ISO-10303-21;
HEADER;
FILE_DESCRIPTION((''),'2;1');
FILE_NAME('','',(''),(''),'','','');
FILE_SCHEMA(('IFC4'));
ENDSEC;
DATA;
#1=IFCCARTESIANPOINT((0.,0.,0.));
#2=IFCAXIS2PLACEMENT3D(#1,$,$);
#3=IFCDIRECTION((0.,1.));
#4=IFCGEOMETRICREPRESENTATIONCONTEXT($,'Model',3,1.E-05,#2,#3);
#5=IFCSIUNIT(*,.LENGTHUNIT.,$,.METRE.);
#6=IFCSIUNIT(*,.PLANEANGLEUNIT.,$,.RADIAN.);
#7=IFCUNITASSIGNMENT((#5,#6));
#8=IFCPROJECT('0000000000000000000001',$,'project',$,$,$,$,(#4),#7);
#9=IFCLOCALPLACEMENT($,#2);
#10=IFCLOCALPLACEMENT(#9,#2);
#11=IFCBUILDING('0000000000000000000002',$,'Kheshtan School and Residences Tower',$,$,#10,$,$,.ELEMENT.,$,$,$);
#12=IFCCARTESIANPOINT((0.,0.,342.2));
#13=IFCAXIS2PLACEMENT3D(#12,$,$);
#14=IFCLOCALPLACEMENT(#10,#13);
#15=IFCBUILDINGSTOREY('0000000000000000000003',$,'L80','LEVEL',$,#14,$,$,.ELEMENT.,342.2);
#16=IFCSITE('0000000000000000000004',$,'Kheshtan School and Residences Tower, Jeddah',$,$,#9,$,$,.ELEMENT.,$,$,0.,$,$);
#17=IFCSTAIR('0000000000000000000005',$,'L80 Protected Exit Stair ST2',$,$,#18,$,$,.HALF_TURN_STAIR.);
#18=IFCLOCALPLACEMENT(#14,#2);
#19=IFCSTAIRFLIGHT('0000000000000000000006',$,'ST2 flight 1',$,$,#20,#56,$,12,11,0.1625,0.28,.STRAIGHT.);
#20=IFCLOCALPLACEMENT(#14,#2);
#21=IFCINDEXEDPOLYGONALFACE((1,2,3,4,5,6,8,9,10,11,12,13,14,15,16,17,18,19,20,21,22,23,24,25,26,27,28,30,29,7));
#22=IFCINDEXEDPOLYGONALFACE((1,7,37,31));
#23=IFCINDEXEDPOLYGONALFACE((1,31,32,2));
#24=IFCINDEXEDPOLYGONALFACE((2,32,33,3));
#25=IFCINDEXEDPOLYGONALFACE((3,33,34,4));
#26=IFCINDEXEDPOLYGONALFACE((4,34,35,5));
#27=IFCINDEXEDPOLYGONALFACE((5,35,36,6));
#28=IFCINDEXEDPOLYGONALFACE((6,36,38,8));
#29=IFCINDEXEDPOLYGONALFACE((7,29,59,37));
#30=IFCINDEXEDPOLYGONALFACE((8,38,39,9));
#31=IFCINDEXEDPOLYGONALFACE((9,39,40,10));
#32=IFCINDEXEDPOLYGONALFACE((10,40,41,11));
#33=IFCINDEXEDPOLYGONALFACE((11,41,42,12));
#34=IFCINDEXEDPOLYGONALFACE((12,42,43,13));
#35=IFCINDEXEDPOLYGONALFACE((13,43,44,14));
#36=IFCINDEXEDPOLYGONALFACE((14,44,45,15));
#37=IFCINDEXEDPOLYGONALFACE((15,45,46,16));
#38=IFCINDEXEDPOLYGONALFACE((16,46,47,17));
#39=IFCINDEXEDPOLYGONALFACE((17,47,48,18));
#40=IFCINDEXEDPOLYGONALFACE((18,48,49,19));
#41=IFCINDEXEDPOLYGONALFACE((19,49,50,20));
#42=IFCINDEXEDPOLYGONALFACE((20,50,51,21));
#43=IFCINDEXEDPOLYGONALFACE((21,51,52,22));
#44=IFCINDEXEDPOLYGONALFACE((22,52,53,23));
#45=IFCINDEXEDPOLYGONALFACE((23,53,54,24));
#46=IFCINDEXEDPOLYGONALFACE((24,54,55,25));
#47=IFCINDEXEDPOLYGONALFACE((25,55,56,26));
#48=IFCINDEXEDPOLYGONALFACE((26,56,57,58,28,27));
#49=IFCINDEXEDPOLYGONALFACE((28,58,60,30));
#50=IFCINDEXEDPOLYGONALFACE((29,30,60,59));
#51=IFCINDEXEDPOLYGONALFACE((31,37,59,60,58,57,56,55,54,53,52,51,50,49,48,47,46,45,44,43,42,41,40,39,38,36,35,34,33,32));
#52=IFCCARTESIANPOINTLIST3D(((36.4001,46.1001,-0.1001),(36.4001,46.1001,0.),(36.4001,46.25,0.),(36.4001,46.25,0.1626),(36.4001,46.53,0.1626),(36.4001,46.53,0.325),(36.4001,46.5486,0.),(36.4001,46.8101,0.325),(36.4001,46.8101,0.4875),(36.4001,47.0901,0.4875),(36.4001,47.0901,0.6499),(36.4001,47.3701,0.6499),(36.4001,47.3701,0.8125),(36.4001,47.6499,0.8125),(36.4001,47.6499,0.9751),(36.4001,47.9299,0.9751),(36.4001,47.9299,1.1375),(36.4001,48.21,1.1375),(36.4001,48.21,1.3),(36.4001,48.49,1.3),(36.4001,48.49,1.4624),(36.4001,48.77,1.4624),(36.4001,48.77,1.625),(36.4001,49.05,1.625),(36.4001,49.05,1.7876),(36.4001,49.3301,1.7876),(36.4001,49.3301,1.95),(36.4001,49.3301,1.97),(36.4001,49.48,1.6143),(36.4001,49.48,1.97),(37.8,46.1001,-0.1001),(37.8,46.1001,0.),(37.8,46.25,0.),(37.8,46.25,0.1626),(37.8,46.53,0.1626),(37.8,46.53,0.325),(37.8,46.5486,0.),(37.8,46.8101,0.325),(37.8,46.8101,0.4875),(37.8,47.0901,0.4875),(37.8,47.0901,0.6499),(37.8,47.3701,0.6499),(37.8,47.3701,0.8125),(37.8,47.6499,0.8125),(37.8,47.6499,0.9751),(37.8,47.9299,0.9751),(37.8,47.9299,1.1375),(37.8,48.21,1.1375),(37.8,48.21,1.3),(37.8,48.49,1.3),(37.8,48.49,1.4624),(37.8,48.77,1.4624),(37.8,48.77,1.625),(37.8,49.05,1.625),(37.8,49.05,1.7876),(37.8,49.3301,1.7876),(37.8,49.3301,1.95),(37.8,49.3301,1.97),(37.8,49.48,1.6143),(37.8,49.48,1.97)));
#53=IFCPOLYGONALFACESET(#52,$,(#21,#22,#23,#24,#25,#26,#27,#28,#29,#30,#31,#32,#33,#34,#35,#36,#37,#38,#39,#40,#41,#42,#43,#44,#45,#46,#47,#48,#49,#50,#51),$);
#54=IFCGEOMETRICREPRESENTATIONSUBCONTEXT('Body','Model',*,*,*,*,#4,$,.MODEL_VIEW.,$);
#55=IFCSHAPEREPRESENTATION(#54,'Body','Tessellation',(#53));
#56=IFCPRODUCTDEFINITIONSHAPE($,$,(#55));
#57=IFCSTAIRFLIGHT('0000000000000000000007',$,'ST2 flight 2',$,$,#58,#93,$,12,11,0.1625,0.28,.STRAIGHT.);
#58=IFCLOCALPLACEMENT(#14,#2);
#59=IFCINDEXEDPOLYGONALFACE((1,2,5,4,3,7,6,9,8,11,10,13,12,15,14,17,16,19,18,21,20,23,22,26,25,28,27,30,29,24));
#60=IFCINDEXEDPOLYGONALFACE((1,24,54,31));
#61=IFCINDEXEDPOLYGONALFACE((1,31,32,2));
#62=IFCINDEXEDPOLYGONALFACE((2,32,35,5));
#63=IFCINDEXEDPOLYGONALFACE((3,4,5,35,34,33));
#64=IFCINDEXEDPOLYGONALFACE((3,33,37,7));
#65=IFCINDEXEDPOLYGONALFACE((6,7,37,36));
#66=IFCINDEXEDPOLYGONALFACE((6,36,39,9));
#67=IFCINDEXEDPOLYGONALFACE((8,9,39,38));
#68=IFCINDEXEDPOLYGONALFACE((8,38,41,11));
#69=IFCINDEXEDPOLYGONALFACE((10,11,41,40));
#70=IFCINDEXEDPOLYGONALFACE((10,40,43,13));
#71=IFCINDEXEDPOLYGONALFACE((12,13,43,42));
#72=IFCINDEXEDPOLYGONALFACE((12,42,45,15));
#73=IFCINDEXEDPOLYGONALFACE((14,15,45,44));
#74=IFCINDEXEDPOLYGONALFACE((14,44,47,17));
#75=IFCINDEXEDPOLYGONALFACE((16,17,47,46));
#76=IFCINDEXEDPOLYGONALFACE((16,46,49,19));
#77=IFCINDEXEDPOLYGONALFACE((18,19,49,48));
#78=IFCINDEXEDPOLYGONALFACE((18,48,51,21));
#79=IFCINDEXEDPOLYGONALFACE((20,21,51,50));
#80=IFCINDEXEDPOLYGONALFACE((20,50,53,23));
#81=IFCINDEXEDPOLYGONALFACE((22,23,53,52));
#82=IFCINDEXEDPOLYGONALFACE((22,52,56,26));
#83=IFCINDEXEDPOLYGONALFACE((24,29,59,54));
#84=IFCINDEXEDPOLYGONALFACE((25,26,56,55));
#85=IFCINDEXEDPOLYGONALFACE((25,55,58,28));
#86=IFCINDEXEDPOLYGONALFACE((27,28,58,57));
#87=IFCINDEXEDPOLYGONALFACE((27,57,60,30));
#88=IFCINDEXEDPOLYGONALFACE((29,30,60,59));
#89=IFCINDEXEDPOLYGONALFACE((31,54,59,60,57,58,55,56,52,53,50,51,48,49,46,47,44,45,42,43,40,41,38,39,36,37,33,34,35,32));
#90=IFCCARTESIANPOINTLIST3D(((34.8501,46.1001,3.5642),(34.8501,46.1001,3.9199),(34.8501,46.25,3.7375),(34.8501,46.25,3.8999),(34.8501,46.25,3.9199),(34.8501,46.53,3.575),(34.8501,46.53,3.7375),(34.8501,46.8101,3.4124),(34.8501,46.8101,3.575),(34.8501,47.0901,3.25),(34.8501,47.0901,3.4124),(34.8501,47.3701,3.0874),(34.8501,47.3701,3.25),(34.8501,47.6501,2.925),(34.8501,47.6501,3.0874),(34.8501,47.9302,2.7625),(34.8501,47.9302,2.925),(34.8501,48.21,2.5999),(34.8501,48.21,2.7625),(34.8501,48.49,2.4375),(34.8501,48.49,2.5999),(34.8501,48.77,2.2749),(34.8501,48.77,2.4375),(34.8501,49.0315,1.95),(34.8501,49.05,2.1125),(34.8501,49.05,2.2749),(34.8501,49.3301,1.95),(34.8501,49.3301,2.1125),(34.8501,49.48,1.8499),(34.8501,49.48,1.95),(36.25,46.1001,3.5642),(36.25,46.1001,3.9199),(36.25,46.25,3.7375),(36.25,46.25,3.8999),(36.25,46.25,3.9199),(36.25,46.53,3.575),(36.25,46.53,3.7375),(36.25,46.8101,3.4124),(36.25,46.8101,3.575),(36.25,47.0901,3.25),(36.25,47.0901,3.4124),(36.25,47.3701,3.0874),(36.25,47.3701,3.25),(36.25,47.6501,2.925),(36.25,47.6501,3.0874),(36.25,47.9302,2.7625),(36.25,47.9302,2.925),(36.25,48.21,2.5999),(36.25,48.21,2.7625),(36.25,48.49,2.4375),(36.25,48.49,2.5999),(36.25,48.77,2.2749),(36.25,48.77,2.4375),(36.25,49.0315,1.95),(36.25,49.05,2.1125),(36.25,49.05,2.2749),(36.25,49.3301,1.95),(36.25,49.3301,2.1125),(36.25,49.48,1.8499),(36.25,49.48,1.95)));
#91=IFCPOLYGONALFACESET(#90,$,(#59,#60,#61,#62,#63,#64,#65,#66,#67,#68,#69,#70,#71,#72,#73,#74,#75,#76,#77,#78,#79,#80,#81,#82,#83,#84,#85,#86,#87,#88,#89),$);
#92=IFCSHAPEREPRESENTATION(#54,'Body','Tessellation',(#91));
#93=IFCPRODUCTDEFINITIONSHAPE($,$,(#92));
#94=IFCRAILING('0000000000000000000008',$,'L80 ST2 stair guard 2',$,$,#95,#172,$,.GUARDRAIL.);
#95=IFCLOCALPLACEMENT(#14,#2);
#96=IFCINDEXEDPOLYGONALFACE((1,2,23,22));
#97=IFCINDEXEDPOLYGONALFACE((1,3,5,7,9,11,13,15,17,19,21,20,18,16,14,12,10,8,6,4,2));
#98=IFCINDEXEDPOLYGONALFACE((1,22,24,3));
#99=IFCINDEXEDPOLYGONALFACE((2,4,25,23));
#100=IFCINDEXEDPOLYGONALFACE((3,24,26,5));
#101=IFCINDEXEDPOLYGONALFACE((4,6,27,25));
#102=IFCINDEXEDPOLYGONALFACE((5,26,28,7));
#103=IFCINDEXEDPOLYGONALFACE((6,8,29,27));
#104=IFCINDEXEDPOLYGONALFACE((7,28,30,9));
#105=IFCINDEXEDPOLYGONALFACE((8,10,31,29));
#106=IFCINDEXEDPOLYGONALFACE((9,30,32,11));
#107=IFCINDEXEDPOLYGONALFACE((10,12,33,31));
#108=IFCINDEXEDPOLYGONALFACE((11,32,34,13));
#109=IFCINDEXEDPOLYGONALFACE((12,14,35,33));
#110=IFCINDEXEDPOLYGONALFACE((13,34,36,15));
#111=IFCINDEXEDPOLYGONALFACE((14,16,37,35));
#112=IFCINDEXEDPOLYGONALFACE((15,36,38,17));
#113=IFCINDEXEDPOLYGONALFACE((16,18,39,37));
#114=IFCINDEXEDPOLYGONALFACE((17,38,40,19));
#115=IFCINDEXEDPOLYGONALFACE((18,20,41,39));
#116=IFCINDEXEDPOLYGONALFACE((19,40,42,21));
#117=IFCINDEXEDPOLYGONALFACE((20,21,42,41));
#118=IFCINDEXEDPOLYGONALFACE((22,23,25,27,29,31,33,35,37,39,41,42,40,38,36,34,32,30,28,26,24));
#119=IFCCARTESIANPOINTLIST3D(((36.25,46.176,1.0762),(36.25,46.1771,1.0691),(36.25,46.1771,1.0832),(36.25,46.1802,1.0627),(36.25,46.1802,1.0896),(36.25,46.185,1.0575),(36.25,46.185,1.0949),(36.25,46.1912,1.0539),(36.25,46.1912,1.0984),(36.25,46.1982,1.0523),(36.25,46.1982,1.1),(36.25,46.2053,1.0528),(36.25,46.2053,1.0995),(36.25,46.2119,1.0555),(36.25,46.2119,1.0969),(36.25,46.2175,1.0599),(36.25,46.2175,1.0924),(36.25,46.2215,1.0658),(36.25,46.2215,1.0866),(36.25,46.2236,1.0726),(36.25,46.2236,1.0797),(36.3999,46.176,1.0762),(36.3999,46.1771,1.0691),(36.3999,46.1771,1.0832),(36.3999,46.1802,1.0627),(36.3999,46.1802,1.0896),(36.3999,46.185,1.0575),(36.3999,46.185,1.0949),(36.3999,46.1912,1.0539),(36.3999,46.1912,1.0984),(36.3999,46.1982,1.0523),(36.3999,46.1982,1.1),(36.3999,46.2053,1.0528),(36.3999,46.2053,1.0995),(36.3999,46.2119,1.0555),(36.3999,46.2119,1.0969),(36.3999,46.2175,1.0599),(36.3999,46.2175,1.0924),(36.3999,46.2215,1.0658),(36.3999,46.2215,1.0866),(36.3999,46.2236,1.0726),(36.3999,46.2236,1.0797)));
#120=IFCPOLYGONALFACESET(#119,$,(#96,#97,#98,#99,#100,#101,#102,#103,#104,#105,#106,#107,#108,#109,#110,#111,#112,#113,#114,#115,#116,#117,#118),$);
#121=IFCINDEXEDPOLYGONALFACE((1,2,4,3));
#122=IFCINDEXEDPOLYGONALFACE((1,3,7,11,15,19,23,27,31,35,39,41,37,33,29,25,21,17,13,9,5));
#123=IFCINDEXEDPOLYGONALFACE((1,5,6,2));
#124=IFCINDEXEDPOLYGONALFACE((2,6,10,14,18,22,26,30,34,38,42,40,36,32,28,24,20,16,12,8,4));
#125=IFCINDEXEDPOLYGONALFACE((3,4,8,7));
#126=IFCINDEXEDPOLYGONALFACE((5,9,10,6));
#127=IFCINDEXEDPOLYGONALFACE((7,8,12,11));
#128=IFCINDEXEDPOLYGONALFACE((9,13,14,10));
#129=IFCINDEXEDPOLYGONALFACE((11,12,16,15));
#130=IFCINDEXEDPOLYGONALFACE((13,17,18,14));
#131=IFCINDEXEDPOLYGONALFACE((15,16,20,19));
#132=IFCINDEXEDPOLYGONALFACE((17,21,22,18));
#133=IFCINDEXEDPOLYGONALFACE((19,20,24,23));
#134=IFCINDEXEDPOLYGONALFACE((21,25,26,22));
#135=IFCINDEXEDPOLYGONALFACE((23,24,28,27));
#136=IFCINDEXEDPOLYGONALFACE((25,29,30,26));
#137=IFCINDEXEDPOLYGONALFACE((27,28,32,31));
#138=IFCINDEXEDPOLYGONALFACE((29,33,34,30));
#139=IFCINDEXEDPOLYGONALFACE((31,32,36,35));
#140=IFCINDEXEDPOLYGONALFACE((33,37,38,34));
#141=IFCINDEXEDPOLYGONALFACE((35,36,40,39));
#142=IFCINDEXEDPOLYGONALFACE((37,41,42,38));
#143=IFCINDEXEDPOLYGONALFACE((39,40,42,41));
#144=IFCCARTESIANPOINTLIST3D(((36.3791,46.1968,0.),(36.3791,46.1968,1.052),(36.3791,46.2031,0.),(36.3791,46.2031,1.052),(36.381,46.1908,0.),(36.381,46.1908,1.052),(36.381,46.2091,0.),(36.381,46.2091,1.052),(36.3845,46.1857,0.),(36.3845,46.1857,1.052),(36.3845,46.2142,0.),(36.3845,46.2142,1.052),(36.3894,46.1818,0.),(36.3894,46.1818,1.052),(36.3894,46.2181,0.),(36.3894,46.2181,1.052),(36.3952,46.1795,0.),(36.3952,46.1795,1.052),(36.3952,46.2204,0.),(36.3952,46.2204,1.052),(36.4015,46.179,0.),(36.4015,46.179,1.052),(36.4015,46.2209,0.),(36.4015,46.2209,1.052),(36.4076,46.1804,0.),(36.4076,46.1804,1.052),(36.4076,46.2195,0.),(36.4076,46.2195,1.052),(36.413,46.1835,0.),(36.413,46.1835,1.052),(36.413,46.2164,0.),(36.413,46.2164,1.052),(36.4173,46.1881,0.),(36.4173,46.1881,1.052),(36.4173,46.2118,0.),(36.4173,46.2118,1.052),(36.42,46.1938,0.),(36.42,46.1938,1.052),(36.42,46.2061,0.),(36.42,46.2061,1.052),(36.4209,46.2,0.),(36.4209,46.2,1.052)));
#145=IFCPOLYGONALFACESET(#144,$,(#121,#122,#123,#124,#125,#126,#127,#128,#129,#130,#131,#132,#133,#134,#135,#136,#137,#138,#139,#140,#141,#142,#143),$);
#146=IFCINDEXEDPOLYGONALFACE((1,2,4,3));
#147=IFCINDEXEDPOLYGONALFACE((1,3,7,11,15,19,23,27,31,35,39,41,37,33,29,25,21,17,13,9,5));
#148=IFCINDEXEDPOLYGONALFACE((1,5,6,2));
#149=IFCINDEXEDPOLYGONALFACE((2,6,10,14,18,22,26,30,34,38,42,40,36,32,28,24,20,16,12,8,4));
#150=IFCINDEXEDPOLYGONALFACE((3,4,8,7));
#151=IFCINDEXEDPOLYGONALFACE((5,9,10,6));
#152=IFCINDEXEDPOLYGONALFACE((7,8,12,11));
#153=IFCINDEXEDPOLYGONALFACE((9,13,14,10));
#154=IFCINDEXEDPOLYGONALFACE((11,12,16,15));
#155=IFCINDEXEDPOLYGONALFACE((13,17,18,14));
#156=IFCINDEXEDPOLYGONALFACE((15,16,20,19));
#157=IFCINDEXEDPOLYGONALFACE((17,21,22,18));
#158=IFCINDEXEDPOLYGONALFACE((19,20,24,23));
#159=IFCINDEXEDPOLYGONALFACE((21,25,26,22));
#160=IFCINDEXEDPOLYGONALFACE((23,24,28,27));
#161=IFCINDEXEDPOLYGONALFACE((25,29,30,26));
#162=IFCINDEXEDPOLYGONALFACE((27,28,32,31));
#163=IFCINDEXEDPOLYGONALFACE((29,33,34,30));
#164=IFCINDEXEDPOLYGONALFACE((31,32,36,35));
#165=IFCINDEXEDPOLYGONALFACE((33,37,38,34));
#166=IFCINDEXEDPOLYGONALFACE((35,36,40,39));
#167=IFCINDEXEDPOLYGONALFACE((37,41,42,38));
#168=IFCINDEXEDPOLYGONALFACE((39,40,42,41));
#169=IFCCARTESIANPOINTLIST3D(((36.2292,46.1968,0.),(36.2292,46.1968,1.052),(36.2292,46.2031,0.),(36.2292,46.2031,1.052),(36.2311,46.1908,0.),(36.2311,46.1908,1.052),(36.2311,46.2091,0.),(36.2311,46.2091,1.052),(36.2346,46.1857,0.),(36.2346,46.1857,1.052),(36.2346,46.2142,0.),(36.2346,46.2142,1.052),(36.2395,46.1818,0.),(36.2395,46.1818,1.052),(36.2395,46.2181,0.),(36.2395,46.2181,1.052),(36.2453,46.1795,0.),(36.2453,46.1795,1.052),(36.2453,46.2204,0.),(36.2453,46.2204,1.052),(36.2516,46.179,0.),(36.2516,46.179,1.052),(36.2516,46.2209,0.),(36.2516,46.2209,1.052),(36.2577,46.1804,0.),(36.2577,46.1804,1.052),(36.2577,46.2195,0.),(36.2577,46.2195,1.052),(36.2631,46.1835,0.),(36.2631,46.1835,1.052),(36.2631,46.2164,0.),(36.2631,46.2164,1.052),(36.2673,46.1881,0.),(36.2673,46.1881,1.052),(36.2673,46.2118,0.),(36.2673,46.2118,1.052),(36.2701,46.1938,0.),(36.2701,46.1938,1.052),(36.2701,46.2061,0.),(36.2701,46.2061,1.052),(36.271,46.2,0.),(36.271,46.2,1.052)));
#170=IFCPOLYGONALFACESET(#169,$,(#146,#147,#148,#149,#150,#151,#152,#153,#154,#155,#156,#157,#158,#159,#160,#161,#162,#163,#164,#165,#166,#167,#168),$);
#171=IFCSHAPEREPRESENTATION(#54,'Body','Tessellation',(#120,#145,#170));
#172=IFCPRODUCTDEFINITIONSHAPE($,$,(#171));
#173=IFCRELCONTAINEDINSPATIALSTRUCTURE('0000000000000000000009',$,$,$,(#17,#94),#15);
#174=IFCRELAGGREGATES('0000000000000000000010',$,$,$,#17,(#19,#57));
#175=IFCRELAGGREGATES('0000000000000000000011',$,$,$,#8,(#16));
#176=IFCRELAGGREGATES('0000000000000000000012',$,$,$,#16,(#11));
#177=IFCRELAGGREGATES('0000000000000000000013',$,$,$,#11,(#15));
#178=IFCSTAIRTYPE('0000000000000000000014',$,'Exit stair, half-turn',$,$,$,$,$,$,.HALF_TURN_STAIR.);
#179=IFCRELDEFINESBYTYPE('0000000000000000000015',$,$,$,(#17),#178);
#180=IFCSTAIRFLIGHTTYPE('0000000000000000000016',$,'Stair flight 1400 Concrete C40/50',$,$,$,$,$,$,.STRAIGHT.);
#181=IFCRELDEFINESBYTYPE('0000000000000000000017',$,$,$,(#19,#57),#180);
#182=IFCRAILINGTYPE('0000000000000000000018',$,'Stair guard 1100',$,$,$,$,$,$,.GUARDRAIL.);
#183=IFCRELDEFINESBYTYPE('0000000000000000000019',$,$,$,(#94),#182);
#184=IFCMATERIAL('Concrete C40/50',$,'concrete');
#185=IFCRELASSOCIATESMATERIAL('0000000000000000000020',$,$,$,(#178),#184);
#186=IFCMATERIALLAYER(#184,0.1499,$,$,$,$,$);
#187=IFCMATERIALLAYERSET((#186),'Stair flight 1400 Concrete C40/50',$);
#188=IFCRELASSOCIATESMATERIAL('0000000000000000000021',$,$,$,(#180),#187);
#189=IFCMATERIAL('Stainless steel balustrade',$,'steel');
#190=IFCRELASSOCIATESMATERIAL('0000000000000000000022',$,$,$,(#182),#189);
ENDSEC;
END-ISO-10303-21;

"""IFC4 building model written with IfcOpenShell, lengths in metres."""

from ifc_helpers import new_model, si_unit, direction, frame, origin, origin_2d, place, context, subcontext, project, spatial, polyline, circle, outline, extrude, material, layer, layer_set, type_object, element, aggregate, save


model = new_model("IFC4")

# Units and contexts
model_context = context("Model", 3, precision=1e-05, world=origin(), true_north=direction((0.0, 1.0)))
body_context = subcontext(model_context, "Body", "Model", "MODEL_VIEW")
ifc_project = project(units=[si_unit("LENGTHUNIT", "METRE"), si_unit("PLANEANGLEUNIT", "RADIAN")], contexts=[model_context])

# Site, building, storey
site_placement = place(None, origin())
site = spatial("IfcSite", under=ifc_project, at=site_placement, Name="Kheshtan School and Residences Tower, Jeddah", CompositionType="ELEMENT", RefElevation=0.0)
building_placement = place(site_placement, origin())
building = spatial("IfcBuilding", under=site, at=building_placement, Name="Kheshtan School and Residences Tower", CompositionType="ELEMENT")
storey_placement = place(building_placement, frame((0.0, 0.0, 342.2)))
storey = spatial("IfcBuildingStorey", under=building, at=storey_placement, Name="L80", Description="LEVEL", CompositionType="ELEMENT", Elevation=342.2)

# Shared definitions
ifc_material_1 = material(Name="Concrete C40/50", Category="concrete")

# Stair, stair flights
stair_type = type_object("IfcStairType", Name="Exit stair, half-turn", PredefinedType="HALF_TURN_STAIR", material=ifc_material_1)
stair_placement = place(storey_placement, origin())
stair = element("IfcStair", 1, at=stair_placement, inside=storey, type_object=stair_type, Name="L80 Protected Exit Stair ST2", PredefinedType="HALF_TURN_STAIR")
ifc_layer_1 = layer(ifc_material_1, 0.1499)
ifc_layer_set_1 = layer_set([ifc_layer_1], Name="Stair flight 1400 Concrete C40/50")
stair_flight_type = type_object("IfcStairFlightType", Name="Stair flight 1400 Concrete C40/50", PredefinedType="STRAIGHT", material=ifc_layer_set_1)
stair_flight_1_placement = place(storey_placement, frame((37.1001, 46.25, 0.0), z_axis=(0.0, 0.0, 1.0), x_axis=(0.0, 1.0, 0.0)))
stair_flight_1 = element("IfcStairFlight", 2, at=stair_flight_1_placement, type_object=stair_flight_type, Name="ST2 flight 1", NumberOfRisers=12, NumberOfTreads=11, PredefinedType="STRAIGHT", RiserHeight=0.1625, TreadLength=0.28, context=body_context, shape_type="SweptSolid", body=[
    extrude(outline(polyline([(-0.1499, -0.1001), (-0.1499, 0.0), (0.0, 0.0), (0.0, 0.1626), (0.28, 0.1626), (0.28, 0.325), (0.5601, 0.325), (0.5601, 0.4875), (0.8401, 0.4875), (0.8401, 0.6499), (1.1201, 0.6499), (1.1201, 0.8125), (1.3999, 0.8125), (1.3999, 0.9751), (1.6799, 0.9751), (1.6799, 1.1375), (1.96, 1.1375), (1.96, 1.3), (2.24, 1.3), (2.24, 1.4624), (2.52, 1.4624), (2.52, 1.625), (2.8, 1.625), (2.8, 1.7876), (3.0801, 1.7876), (3.0801, 1.95), (3.0801, 1.97), (3.23, 1.97), (3.23, 1.6143), (0.2986, 0.0), (-0.1499, -0.1001)])), frame((0.0, 0.7, 0.0), z_axis=(0.0, -1.0, 0.0), x_axis=(1.0, 0.0, 0.0)), (0.0, 0.0, 1.0), 1.3999),
])
stair_flight_2_placement = place(storey_placement, frame((35.55, 49.3301, 1.95), z_axis=(0.0, 0.0, 1.0), x_axis=(0.0, -1.0, 0.0)))
stair_flight_2 = element("IfcStairFlight", 3, at=stair_flight_2_placement, type_object=stair_flight_type, Name="ST2 flight 2", NumberOfRisers=12, NumberOfTreads=11, PredefinedType="STRAIGHT", RiserHeight=0.1625, TreadLength=0.28, context=body_context, shape_type="SweptSolid", body=[
    extrude(outline(polyline([(-0.1499, -0.1001), (-0.1499, 0.0), (0.0, 0.0), (0.0, 0.1626), (0.28, 0.1626), (0.28, 0.325), (0.5601, 0.325), (0.5601, 0.4875), (0.8401, 0.4875), (0.8401, 0.6499), (1.1201, 0.6499), (1.1201, 0.8125), (1.3999, 0.8125), (1.3999, 0.9751), (1.6799, 0.9751), (1.6799, 1.1375), (1.96, 1.1375), (1.96, 1.3), (2.24, 1.3), (2.24, 1.4624), (2.52, 1.4624), (2.52, 1.625), (2.8, 1.625), (2.8, 1.7876), (3.0801, 1.7876), (3.0801, 1.95), (3.0801, 1.97), (3.23, 1.97), (3.23, 1.6143), (0.2986, 0.0), (-0.1499, -0.1001)])), frame((0.0, 0.7, 0.0), z_axis=(0.0, -1.0, 0.0), x_axis=(1.0, 0.0, 0.0)), (0.0, 0.0, 1.0), 1.3999),
])
aggregate(stair, [stair_flight_1, stair_flight_2])

# Railing
ifc_material_2 = material(Name="Stainless steel balustrade", Category="steel")
railing_type_1 = type_object("IfcRailingType", Name="Stair guard 1100", PredefinedType="GUARDRAIL", material=ifc_material_2)
railing_1_placement = place(storey_placement, frame((36.3999, 46.2, 0.0)))
element("IfcRailing", 4, at=railing_1_placement, inside=storey, type_object=railing_type_1, Name="L80 ST2 stair guard 2", PredefinedType="GUARDRAIL", context=body_context, shape_type="SweptSolid", body=[
    extrude(circle(Radius=0.0239, at=origin_2d()), frame((0.0, 0.0, 1.0762), z_axis=(-1.0, 0.0, 0.0), x_axis=(0.0, -1.0, 0.0)), (0.0, 0.0, 1.0), 0.1499),
    extrude(circle(Radius=0.021, at=origin_2d()), origin(), (0.0, 0.0, 1.0), 1.052),
    extrude(circle(Radius=0.021, at=origin_2d()), frame((-0.1499, 0.0, 0.0)), (0.0, 0.0, 1.0), 1.052),
])

save(model, "model.ifc")
